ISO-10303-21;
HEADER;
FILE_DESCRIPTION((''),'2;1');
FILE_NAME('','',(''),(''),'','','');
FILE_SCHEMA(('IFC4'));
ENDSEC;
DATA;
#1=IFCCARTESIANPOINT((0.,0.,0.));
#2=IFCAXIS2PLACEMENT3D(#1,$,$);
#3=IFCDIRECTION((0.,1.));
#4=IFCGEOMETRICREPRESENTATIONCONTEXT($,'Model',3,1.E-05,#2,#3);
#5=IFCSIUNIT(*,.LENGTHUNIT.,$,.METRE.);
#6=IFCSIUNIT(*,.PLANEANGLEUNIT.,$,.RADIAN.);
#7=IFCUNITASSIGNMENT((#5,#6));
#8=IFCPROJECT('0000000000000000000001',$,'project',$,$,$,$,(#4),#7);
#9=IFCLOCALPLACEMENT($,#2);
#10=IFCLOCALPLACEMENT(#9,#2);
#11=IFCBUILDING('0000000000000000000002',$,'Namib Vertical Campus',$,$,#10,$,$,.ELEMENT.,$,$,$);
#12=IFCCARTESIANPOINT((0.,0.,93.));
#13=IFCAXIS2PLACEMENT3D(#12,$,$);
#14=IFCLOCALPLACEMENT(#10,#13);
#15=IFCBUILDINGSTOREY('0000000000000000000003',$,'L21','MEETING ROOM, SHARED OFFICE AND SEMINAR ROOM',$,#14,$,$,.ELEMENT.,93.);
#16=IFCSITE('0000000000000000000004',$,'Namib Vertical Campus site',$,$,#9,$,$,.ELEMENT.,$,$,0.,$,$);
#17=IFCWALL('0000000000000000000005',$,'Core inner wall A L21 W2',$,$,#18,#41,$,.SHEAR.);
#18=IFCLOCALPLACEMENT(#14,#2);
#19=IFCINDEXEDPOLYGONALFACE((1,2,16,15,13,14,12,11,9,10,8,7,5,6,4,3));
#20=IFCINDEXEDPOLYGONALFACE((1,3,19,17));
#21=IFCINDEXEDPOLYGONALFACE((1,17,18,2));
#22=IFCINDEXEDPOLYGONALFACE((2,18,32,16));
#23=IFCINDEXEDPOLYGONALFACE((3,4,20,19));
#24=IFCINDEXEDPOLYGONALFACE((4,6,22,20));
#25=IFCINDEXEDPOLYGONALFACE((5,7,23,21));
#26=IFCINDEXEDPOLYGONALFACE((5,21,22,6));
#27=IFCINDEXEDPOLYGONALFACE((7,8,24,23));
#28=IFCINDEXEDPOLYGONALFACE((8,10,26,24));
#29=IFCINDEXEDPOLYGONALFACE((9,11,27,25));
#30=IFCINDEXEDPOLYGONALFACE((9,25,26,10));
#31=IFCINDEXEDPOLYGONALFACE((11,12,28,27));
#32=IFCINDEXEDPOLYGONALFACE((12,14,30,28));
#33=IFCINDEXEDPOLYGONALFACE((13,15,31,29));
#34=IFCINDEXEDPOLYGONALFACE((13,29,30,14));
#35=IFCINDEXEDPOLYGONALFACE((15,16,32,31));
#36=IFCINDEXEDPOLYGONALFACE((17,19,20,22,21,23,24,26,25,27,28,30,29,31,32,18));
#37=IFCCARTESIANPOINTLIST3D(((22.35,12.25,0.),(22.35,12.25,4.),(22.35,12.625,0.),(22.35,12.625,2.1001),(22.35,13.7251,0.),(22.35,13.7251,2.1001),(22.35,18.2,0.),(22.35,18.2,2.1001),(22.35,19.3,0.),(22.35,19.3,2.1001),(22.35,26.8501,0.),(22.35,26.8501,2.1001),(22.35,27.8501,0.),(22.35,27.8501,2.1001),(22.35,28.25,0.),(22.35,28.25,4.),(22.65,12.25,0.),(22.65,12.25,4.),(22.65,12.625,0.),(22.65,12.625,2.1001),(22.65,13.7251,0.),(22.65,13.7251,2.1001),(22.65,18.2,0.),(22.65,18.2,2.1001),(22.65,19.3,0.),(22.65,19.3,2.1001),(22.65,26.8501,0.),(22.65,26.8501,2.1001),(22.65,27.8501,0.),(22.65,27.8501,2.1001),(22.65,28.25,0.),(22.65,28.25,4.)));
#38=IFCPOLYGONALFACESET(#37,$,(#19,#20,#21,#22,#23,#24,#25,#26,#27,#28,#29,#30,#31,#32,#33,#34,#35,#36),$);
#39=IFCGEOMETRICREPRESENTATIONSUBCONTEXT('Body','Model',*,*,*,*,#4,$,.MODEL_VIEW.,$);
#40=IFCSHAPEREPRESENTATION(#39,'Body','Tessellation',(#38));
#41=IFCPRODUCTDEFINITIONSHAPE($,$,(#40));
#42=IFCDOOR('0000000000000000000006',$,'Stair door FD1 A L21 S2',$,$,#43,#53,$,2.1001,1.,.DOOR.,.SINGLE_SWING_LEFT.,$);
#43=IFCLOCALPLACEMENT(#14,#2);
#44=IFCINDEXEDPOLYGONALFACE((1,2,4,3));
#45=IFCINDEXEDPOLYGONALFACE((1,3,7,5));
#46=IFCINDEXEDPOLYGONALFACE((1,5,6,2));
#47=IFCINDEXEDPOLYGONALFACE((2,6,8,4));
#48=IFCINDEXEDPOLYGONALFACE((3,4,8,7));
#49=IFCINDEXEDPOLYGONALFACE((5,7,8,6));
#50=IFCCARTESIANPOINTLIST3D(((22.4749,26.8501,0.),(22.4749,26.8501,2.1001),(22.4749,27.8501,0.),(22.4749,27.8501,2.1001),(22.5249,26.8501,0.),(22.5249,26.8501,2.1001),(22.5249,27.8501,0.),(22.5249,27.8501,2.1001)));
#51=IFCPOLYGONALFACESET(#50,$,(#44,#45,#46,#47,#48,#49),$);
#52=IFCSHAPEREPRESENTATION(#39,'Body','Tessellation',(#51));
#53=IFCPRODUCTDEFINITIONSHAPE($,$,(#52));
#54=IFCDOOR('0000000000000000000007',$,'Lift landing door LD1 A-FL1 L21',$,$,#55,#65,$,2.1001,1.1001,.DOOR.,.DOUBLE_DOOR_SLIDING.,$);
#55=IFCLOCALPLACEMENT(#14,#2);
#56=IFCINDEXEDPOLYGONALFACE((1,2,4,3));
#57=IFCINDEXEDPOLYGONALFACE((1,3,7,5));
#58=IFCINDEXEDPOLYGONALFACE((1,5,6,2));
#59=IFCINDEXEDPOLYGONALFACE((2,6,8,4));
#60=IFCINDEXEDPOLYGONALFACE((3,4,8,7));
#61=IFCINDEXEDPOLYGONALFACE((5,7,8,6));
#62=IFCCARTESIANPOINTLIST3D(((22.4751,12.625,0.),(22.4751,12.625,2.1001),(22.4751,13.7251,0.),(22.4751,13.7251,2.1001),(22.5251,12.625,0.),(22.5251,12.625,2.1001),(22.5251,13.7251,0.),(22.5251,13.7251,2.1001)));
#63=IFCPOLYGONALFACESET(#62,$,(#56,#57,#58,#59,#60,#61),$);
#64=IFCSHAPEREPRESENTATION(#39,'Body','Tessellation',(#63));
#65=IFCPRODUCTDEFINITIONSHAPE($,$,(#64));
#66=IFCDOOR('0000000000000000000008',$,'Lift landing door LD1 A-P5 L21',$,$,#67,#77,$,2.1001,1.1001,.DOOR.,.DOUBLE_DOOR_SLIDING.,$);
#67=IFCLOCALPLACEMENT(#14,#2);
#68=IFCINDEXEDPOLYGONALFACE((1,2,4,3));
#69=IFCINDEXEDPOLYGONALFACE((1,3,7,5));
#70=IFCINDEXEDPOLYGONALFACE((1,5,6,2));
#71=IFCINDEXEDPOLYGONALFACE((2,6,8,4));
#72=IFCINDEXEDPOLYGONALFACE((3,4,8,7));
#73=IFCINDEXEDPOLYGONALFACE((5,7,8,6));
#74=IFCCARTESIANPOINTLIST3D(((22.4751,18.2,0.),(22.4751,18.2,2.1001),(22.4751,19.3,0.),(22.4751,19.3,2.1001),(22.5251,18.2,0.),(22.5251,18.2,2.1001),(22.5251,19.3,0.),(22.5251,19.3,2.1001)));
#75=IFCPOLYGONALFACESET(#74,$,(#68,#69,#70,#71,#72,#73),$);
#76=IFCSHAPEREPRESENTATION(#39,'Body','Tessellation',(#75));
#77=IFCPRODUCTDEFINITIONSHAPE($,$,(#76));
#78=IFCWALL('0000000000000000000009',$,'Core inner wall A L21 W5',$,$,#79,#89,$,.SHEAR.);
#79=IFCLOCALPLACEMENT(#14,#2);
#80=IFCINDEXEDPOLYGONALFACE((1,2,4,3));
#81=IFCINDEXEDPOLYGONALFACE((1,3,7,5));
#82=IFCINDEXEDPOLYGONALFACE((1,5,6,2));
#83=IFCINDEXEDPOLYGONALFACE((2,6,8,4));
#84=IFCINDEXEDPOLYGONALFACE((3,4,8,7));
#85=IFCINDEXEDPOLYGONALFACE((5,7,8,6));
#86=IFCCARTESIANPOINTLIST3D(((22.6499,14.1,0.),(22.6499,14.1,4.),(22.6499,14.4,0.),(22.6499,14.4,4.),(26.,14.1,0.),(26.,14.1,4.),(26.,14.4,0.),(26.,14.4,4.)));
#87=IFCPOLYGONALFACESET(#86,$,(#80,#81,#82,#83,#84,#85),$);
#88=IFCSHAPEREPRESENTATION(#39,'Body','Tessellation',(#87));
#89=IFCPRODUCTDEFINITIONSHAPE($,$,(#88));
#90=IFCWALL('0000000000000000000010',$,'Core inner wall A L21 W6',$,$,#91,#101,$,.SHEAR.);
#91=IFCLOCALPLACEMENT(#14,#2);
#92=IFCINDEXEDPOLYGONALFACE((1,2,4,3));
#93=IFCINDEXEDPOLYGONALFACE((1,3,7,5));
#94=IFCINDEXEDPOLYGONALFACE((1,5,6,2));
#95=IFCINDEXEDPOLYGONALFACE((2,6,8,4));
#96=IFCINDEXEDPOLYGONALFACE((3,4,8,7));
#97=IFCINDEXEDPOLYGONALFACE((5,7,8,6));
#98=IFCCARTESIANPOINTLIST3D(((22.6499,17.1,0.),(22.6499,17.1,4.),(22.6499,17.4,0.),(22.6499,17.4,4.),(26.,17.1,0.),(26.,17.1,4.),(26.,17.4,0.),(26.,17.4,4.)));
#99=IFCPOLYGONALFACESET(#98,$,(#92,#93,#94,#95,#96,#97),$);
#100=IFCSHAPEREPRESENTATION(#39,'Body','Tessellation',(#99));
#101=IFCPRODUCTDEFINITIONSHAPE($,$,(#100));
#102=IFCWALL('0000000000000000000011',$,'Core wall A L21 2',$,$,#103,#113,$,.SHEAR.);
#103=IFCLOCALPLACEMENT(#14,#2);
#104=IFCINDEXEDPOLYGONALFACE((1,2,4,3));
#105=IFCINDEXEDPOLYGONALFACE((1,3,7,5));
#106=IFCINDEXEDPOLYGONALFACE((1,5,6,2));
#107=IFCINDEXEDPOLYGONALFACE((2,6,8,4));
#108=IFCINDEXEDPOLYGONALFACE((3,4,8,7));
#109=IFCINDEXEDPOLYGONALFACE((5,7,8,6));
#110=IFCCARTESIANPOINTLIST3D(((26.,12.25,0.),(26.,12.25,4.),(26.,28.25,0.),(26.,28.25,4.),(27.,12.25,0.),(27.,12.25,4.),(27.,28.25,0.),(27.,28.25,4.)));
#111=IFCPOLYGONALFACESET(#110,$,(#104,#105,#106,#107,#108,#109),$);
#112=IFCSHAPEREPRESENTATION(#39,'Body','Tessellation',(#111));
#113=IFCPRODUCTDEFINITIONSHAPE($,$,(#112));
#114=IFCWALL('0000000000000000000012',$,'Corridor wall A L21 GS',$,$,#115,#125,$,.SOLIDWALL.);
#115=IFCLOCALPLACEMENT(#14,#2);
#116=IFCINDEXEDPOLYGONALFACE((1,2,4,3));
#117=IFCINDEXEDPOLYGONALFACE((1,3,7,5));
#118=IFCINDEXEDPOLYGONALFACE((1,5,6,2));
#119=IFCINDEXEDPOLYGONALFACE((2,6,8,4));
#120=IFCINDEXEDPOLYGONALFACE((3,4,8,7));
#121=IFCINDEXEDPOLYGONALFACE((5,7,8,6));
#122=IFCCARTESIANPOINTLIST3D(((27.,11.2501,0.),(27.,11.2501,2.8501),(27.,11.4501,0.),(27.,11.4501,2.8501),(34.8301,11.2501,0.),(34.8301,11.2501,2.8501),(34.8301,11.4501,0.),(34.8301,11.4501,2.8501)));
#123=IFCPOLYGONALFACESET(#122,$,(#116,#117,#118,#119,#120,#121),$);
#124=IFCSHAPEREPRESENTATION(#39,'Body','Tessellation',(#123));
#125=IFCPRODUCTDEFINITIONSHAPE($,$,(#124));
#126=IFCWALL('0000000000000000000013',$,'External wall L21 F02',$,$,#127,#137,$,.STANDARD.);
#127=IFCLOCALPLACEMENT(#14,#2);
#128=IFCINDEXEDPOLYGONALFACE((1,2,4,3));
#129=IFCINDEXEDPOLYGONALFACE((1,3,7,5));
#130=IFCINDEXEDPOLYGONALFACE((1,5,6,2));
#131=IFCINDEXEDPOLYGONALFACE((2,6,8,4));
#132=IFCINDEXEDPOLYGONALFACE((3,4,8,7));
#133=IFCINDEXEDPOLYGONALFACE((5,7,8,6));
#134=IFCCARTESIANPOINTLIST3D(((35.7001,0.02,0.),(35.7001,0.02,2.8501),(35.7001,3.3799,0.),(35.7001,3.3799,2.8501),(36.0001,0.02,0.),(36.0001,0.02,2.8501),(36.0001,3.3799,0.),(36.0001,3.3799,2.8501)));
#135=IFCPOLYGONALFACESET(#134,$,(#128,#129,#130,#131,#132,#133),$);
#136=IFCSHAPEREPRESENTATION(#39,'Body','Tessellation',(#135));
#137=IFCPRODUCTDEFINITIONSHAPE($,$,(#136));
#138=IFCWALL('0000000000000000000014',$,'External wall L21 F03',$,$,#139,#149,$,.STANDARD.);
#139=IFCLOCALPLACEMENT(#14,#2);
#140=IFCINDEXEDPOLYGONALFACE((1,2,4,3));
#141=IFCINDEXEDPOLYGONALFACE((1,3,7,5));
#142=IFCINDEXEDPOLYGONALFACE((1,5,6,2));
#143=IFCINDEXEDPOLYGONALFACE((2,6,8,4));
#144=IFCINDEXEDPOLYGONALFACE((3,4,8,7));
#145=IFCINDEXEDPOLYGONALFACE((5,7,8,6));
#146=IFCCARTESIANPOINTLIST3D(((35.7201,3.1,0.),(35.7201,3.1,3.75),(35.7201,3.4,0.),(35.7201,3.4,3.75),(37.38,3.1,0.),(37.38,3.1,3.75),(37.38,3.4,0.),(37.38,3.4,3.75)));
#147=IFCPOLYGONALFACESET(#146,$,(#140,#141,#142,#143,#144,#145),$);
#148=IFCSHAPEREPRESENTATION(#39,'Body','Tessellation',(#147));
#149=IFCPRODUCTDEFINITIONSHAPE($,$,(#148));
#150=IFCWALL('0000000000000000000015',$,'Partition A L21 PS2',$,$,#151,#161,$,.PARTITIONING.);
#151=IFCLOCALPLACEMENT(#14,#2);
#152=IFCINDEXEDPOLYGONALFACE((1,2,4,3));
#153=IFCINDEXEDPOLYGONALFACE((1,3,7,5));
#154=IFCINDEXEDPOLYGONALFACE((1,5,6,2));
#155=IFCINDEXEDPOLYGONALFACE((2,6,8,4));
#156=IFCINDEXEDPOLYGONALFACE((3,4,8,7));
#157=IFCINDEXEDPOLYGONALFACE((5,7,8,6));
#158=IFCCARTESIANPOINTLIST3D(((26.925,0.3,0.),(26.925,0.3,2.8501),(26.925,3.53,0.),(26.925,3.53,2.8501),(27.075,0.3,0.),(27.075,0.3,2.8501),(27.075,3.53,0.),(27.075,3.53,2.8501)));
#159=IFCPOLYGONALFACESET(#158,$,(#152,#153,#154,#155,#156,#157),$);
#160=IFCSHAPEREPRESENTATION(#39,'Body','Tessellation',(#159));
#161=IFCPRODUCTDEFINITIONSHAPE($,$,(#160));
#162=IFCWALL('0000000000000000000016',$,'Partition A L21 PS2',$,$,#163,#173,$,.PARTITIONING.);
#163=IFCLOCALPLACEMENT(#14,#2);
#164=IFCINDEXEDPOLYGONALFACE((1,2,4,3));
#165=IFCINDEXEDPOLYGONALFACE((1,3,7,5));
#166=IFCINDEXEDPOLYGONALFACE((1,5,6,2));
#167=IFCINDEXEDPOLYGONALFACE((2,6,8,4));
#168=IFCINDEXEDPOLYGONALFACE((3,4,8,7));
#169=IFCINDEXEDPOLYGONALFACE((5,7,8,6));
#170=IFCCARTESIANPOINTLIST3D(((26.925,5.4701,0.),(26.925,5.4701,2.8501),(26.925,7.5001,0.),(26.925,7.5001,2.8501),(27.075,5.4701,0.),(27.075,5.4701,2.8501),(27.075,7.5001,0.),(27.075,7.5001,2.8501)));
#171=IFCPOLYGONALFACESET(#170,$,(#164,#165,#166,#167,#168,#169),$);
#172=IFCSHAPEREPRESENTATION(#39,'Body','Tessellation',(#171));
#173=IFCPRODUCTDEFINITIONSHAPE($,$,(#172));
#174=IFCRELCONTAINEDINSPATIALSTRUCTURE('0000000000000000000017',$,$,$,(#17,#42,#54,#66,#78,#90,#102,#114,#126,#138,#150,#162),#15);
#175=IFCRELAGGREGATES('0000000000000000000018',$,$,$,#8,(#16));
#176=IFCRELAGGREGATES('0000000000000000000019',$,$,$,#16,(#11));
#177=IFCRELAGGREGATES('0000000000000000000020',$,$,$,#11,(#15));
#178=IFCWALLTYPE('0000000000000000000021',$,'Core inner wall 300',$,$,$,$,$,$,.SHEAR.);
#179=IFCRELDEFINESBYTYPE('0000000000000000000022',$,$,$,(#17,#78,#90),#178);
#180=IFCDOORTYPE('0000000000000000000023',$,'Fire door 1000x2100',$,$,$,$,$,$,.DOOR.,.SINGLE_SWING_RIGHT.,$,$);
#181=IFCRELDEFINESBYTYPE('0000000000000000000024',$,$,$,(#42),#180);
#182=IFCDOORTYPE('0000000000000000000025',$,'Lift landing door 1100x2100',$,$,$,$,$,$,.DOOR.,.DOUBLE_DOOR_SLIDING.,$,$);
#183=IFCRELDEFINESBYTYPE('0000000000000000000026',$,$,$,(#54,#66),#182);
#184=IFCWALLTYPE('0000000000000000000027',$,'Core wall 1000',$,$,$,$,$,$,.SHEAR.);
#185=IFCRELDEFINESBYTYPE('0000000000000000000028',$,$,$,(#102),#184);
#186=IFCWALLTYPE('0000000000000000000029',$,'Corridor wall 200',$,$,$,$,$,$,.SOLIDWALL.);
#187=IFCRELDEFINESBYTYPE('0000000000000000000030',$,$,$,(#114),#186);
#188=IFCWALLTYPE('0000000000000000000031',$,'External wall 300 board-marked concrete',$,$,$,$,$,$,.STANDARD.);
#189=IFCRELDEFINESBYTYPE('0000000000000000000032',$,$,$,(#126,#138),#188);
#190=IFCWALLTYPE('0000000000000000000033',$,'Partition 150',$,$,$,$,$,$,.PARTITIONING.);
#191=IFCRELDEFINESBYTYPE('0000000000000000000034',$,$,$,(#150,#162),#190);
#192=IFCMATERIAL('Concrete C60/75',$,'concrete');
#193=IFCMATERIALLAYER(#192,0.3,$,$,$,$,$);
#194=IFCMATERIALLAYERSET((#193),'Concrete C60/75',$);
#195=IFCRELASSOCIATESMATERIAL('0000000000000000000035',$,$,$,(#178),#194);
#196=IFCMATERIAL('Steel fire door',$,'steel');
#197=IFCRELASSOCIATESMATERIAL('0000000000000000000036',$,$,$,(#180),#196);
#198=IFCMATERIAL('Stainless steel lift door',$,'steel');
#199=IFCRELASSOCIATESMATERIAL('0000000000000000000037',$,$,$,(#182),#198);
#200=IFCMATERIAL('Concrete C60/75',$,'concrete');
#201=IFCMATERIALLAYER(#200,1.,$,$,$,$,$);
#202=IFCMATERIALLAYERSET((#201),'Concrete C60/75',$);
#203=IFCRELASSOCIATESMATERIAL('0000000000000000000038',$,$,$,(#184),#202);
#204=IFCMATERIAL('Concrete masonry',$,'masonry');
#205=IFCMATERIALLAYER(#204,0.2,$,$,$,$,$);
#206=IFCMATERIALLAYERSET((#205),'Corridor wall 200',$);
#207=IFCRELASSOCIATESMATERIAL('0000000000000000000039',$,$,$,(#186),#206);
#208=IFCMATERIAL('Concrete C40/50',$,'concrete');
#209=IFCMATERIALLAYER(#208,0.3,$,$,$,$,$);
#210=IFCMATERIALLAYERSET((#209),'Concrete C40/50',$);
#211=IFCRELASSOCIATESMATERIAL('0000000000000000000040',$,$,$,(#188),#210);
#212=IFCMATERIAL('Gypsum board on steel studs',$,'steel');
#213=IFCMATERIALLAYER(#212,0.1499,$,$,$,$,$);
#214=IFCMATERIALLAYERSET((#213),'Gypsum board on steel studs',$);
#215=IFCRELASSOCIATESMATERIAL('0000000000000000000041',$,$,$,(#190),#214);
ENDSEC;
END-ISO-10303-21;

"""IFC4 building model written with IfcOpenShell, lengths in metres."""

from ifc_helpers import new_model, si_unit, direction, frame, frame_2d, origin, place, context, subcontext, project, spatial, rectangle, extrude, material, layer, layer_set, type_object, element, fill, save


model = new_model("IFC4")

# Units and contexts
model_context = context("Model", 3, precision=1e-05, world=origin(), true_north=direction((0.0, 1.0)))
body_context = subcontext(model_context, "Body", "Model", "MODEL_VIEW")
ifc_project = project(units=[si_unit("LENGTHUNIT", "METRE"), si_unit("PLANEANGLEUNIT", "RADIAN")], contexts=[model_context])

# Site, building, storey
site_placement = place(None, origin())
site = spatial("IfcSite", under=ifc_project, at=site_placement, Name="Namib Vertical Campus site", CompositionType="ELEMENT", RefElevation=0.0)
building_placement = place(site_placement, origin())
building = spatial("IfcBuilding", under=site, at=building_placement, Name="Namib Vertical Campus", CompositionType="ELEMENT")
storey_placement = place(building_placement, frame((0.0, 0.0, 93.0)))
storey = spatial("IfcBuildingStorey", under=building, at=storey_placement, Name="L21", Description="MEETING ROOM, SHARED OFFICE AND SEMINAR ROOM", CompositionType="ELEMENT", Elevation=93.0)

# Wall, openings, doors
ifc_material_1 = material(Name="Concrete C60/75", Category="concrete")
ifc_layer_1 = layer(ifc_material_1, 0.3)
ifc_layer_set_1 = layer_set([ifc_layer_1], Name="Concrete C60/75")
wall_type_1 = type_object("IfcWallType", Name="Core inner wall 300", PredefinedType="SHEAR", material=ifc_layer_set_1)
wall_1_placement = place(storey_placement, frame((22.5, 12.25, 0.0), z_axis=(0.0, 0.0, 1.0), x_axis=(0.0, 1.0, 0.0)))
wall_1 = element("IfcWall", 1, at=wall_1_placement, inside=storey, type_object=wall_type_1, Name="Core inner wall A L21 W2", PredefinedType="SHEAR", context=body_context, shape_type="SweptSolid", body=[
    extrude(rectangle(XDim=16.0, YDim=0.3, at=frame_2d((8.0, 0.0))), origin(), (0.0, 0.0, 1.0), 4.0),
])
opening_1_placement = place(wall_1_placement, frame((14.6001, 0.0, 0.0)))
opening_1 = element("IfcOpeningElement", 2, at=opening_1_placement, cuts=wall_1, PredefinedType="OPENING", context=body_context, shape_type="SweptSolid", body=[
    extrude(rectangle(XDim=1.0, YDim=2.1001, at=frame_2d((0.5, 1.05))), frame((0.0, 0.1599, 0.0), z_axis=(0.0, -1.0, 0.0), x_axis=(1.0, 0.0, 0.0)), (0.0, 0.0, 1.0), 0.3201),
])
opening_2_placement = place(wall_1_placement, frame((0.375, 0.0, 0.0)))
opening_2 = element("IfcOpeningElement", 3, at=opening_2_placement, cuts=wall_1, PredefinedType="OPENING", context=body_context, shape_type="SweptSolid", body=[
    extrude(rectangle(XDim=1.1001, YDim=2.1001, at=frame_2d((0.55, 1.05))), frame((0.0, 0.1599, 0.0), z_axis=(0.0, -1.0, 0.0), x_axis=(1.0, 0.0, 0.0)), (0.0, 0.0, 1.0), 0.3201),
])
opening_3_placement = place(wall_1_placement, frame((5.95, 0.0, 0.0)))
opening_3 = element("IfcOpeningElement", 4, at=opening_3_placement, cuts=wall_1, PredefinedType="OPENING", context=body_context, shape_type="SweptSolid", body=[
    extrude(rectangle(XDim=1.1001, YDim=2.1001, at=frame_2d((0.55, 1.05))), frame((0.0, 0.1599, 0.0), z_axis=(0.0, -1.0, 0.0), x_axis=(1.0, 0.0, 0.0)), (0.0, 0.0, 1.0), 0.3201),
])
ifc_material_2 = material(Name="Steel fire door", Category="steel")
door_type_1 = type_object("IfcDoorType", Name="Fire door 1000x2100", OperationType="SINGLE_SWING_RIGHT", PredefinedType="DOOR", material=ifc_material_2)
door_1_placement = place(opening_1_placement, frame((1.0, 0.0, 0.0), z_axis=(0.0, 0.0, 1.0), x_axis=(-1.0, 0.0, 0.0)))
door_1 = element("IfcDoor", 5, at=door_1_placement, inside=storey, type_object=door_type_1, Name="Stair door FD1 A L21 S2", OperationType="SINGLE_SWING_LEFT", OverallHeight=2.1001, OverallWidth=1.0, PredefinedType="DOOR", context=body_context, shape_type="SweptSolid", body=[
    extrude(rectangle(XDim=1.0, YDim=2.1001, at=frame_2d((0.5, 1.05))), frame((0.0, 0.0249, 0.0), z_axis=(0.0, -1.0, 0.0), x_axis=(1.0, 0.0, 0.0)), (0.0, 0.0, 1.0), 0.05),
])
fill(opening_1, door_1)
ifc_material_3 = material(Name="Stainless steel lift door", Category="steel")
door_type_2 = type_object("IfcDoorType", Name="Lift landing door 1100x2100", OperationType="DOUBLE_DOOR_SLIDING", PredefinedType="DOOR", material=ifc_material_3)
door_2_placement = place(opening_2_placement, origin())
door_2 = element("IfcDoor", 6, at=door_2_placement, inside=storey, type_object=door_type_2, Name="Lift landing door LD1 A-FL1 L21", OperationType="DOUBLE_DOOR_SLIDING", OverallHeight=2.1001, OverallWidth=1.1001, PredefinedType="DOOR", context=body_context, shape_type="SweptSolid", body=[
    extrude(rectangle(XDim=1.1001, YDim=2.1001, at=frame_2d((0.55, 1.05))), frame((0.0, 0.0249, 0.0), z_axis=(0.0, -1.0, 0.0), x_axis=(1.0, 0.0, 0.0)), (0.0, 0.0, 1.0), 0.05),
])
fill(opening_2, door_2)
door_3_placement = place(opening_3_placement, origin())
door_3 = element("IfcDoor", 7, at=door_3_placement, inside=storey, type_object=door_type_2, Name="Lift landing door LD1 A-P5 L21", OperationType="DOUBLE_DOOR_SLIDING", OverallHeight=2.1001, OverallWidth=1.1001, PredefinedType="DOOR", context=body_context, shape_type="SweptSolid", body=[
    extrude(rectangle(XDim=1.1001, YDim=2.1001, at=frame_2d((0.55, 1.05))), frame((0.0, 0.0249, 0.0), z_axis=(0.0, -1.0, 0.0), x_axis=(1.0, 0.0, 0.0)), (0.0, 0.0, 1.0), 0.05),
])
fill(opening_3, door_3)

# Walls
for number, where, z_axis, x_axis, name in (
    (8, (22.6499, 14.25, 0.0), (0.0, 0.0, 1.0), (1.0, 0.0, 0.0), "Core inner wall A L21 W5"),
    (9, (22.6499, 17.25, 0.0), (0.0, 0.0, 1.0), (1.0, 0.0, 0.0), "Core inner wall A L21 W6"),
):
    element("IfcWall", number, at=place(storey_placement, frame(where, z_axis=z_axis, x_axis=x_axis)), inside=storey, type_object=wall_type_1, Name=name, PredefinedType="SHEAR", context=body_context, shape_type="SweptSolid", body=[
        extrude(rectangle(XDim=3.3501, YDim=0.3, at=frame_2d((1.675, 0.0))), origin(), (0.0, 0.0, 1.0), 4.0),
    ])
ifc_material_4 = material(Name="Concrete C60/75", Category="concrete")
ifc_layer_2 = layer(ifc_material_4, 1.0)
ifc_layer_set_2 = layer_set([ifc_layer_2], Name="Concrete C60/75")
wall_type_2 = type_object("IfcWallType", Name="Core wall 1000", PredefinedType="SHEAR", material=ifc_layer_set_2)
wall_2_placement = place(storey_placement, frame((26.5, 12.25, 0.0), z_axis=(0.0, 0.0, 1.0), x_axis=(0.0, 1.0, 0.0)))
element("IfcWall", 10, at=wall_2_placement, inside=storey, type_object=wall_type_2, Name="Core wall A L21 2", PredefinedType="SHEAR", context=body_context, shape_type="SweptSolid", body=[
    extrude(rectangle(XDim=16.0, YDim=1.0, at=frame_2d((8.0, 0.0))), origin(), (0.0, 0.0, 1.0), 4.0),
])
ifc_material_5 = material(Name="Concrete masonry", Category="masonry")
ifc_layer_3 = layer(ifc_material_5, 0.2)
ifc_layer_set_3 = layer_set([ifc_layer_3], Name="Corridor wall 200")
wall_type_3 = type_object("IfcWallType", Name="Corridor wall 200", PredefinedType="SOLIDWALL", material=ifc_layer_set_3)
wall_3_placement = place(storey_placement, frame((27.0, 11.3501, 0.0), z_axis=(0.0, 0.0, 1.0), x_axis=(1.0, 0.0, 0.0)))
element("IfcWall", 11, at=wall_3_placement, inside=storey, type_object=wall_type_3, Name="Corridor wall A L21 GS", PredefinedType="SOLIDWALL", context=body_context, shape_type="SweptSolid", body=[
    extrude(rectangle(XDim=7.8301, YDim=0.2, at=frame_2d((3.915, 0.0))), origin(), (0.0, 0.0, 1.0), 2.8501),
])
ifc_material_6 = material(Name="Concrete C40/50", Category="concrete")
ifc_layer_4 = layer(ifc_material_6, 0.3)
ifc_layer_set_4 = layer_set([ifc_layer_4], Name="Concrete C40/50")
wall_type_4 = type_object("IfcWallType", Name="External wall 300 board-marked concrete", PredefinedType="STANDARD", material=ifc_layer_set_4)
wall_4_placement = place(storey_placement, frame((35.8501, 0.02, 0.0), z_axis=(0.0, 0.0, 1.0), x_axis=(0.0, 1.0, 0.0)))
element("IfcWall", 12, at=wall_4_placement, inside=storey, type_object=wall_type_4, Name="External wall L21 F02", PredefinedType="STANDARD", context=body_context, shape_type="SweptSolid", body=[
    extrude(rectangle(XDim=3.3599, YDim=0.3, at=frame_2d((1.6799, 0.0))), origin(), (0.0, 0.0, 1.0), 2.8501),
])
wall_5_placement = place(storey_placement, frame((35.72, 3.25, 0.0), z_axis=(0.0, 0.0, 1.0), x_axis=(1.0, 0.0, 0.0)))
element("IfcWall", 13, at=wall_5_placement, inside=storey, type_object=wall_type_4, Name="External wall L21 F03", PredefinedType="STANDARD", context=body_context, shape_type="SweptSolid", body=[
    extrude(rectangle(XDim=1.6599, YDim=0.3, at=frame_2d((0.8301, 0.0))), origin(), (0.0, 0.0, 1.0), 3.75),
])
ifc_material_7 = material(Name="Gypsum board on steel studs", Category="steel")
ifc_layer_5 = layer(ifc_material_7, 0.1499)
ifc_layer_set_5 = layer_set([ifc_layer_5], Name="Gypsum board on steel studs")
wall_type_5 = type_object("IfcWallType", Name="Partition 150", PredefinedType="PARTITIONING", material=ifc_layer_set_5)
wall_6_placement = place(storey_placement, frame((27.0, 0.3, 0.0), z_axis=(0.0, 0.0, 1.0), x_axis=(0.0, 1.0, 0.0)))
element("IfcWall", 14, at=wall_6_placement, inside=storey, type_object=wall_type_5, Name="Partition A L21 PS2", PredefinedType="PARTITIONING", context=body_context, shape_type="SweptSolid", body=[
    extrude(rectangle(XDim=3.23, YDim=0.1499, at=frame_2d((1.615, 0.0))), origin(), (0.0, 0.0, 1.0), 2.8501),
])
wall_7_placement = place(storey_placement, frame((27.0, 5.47, 0.0), z_axis=(0.0, 0.0, 1.0), x_axis=(0.0, 1.0, 0.0)))
element("IfcWall", 15, at=wall_7_placement, inside=storey, type_object=wall_type_5, Name="Partition A L21 PS2", PredefinedType="PARTITIONING", context=body_context, shape_type="SweptSolid", body=[
    extrude(rectangle(XDim=2.03, YDim=0.1499, at=frame_2d((1.0151, 0.0))), origin(), (0.0, 0.0, 1.0), 2.8501),
])

save(model, "model.ifc")
